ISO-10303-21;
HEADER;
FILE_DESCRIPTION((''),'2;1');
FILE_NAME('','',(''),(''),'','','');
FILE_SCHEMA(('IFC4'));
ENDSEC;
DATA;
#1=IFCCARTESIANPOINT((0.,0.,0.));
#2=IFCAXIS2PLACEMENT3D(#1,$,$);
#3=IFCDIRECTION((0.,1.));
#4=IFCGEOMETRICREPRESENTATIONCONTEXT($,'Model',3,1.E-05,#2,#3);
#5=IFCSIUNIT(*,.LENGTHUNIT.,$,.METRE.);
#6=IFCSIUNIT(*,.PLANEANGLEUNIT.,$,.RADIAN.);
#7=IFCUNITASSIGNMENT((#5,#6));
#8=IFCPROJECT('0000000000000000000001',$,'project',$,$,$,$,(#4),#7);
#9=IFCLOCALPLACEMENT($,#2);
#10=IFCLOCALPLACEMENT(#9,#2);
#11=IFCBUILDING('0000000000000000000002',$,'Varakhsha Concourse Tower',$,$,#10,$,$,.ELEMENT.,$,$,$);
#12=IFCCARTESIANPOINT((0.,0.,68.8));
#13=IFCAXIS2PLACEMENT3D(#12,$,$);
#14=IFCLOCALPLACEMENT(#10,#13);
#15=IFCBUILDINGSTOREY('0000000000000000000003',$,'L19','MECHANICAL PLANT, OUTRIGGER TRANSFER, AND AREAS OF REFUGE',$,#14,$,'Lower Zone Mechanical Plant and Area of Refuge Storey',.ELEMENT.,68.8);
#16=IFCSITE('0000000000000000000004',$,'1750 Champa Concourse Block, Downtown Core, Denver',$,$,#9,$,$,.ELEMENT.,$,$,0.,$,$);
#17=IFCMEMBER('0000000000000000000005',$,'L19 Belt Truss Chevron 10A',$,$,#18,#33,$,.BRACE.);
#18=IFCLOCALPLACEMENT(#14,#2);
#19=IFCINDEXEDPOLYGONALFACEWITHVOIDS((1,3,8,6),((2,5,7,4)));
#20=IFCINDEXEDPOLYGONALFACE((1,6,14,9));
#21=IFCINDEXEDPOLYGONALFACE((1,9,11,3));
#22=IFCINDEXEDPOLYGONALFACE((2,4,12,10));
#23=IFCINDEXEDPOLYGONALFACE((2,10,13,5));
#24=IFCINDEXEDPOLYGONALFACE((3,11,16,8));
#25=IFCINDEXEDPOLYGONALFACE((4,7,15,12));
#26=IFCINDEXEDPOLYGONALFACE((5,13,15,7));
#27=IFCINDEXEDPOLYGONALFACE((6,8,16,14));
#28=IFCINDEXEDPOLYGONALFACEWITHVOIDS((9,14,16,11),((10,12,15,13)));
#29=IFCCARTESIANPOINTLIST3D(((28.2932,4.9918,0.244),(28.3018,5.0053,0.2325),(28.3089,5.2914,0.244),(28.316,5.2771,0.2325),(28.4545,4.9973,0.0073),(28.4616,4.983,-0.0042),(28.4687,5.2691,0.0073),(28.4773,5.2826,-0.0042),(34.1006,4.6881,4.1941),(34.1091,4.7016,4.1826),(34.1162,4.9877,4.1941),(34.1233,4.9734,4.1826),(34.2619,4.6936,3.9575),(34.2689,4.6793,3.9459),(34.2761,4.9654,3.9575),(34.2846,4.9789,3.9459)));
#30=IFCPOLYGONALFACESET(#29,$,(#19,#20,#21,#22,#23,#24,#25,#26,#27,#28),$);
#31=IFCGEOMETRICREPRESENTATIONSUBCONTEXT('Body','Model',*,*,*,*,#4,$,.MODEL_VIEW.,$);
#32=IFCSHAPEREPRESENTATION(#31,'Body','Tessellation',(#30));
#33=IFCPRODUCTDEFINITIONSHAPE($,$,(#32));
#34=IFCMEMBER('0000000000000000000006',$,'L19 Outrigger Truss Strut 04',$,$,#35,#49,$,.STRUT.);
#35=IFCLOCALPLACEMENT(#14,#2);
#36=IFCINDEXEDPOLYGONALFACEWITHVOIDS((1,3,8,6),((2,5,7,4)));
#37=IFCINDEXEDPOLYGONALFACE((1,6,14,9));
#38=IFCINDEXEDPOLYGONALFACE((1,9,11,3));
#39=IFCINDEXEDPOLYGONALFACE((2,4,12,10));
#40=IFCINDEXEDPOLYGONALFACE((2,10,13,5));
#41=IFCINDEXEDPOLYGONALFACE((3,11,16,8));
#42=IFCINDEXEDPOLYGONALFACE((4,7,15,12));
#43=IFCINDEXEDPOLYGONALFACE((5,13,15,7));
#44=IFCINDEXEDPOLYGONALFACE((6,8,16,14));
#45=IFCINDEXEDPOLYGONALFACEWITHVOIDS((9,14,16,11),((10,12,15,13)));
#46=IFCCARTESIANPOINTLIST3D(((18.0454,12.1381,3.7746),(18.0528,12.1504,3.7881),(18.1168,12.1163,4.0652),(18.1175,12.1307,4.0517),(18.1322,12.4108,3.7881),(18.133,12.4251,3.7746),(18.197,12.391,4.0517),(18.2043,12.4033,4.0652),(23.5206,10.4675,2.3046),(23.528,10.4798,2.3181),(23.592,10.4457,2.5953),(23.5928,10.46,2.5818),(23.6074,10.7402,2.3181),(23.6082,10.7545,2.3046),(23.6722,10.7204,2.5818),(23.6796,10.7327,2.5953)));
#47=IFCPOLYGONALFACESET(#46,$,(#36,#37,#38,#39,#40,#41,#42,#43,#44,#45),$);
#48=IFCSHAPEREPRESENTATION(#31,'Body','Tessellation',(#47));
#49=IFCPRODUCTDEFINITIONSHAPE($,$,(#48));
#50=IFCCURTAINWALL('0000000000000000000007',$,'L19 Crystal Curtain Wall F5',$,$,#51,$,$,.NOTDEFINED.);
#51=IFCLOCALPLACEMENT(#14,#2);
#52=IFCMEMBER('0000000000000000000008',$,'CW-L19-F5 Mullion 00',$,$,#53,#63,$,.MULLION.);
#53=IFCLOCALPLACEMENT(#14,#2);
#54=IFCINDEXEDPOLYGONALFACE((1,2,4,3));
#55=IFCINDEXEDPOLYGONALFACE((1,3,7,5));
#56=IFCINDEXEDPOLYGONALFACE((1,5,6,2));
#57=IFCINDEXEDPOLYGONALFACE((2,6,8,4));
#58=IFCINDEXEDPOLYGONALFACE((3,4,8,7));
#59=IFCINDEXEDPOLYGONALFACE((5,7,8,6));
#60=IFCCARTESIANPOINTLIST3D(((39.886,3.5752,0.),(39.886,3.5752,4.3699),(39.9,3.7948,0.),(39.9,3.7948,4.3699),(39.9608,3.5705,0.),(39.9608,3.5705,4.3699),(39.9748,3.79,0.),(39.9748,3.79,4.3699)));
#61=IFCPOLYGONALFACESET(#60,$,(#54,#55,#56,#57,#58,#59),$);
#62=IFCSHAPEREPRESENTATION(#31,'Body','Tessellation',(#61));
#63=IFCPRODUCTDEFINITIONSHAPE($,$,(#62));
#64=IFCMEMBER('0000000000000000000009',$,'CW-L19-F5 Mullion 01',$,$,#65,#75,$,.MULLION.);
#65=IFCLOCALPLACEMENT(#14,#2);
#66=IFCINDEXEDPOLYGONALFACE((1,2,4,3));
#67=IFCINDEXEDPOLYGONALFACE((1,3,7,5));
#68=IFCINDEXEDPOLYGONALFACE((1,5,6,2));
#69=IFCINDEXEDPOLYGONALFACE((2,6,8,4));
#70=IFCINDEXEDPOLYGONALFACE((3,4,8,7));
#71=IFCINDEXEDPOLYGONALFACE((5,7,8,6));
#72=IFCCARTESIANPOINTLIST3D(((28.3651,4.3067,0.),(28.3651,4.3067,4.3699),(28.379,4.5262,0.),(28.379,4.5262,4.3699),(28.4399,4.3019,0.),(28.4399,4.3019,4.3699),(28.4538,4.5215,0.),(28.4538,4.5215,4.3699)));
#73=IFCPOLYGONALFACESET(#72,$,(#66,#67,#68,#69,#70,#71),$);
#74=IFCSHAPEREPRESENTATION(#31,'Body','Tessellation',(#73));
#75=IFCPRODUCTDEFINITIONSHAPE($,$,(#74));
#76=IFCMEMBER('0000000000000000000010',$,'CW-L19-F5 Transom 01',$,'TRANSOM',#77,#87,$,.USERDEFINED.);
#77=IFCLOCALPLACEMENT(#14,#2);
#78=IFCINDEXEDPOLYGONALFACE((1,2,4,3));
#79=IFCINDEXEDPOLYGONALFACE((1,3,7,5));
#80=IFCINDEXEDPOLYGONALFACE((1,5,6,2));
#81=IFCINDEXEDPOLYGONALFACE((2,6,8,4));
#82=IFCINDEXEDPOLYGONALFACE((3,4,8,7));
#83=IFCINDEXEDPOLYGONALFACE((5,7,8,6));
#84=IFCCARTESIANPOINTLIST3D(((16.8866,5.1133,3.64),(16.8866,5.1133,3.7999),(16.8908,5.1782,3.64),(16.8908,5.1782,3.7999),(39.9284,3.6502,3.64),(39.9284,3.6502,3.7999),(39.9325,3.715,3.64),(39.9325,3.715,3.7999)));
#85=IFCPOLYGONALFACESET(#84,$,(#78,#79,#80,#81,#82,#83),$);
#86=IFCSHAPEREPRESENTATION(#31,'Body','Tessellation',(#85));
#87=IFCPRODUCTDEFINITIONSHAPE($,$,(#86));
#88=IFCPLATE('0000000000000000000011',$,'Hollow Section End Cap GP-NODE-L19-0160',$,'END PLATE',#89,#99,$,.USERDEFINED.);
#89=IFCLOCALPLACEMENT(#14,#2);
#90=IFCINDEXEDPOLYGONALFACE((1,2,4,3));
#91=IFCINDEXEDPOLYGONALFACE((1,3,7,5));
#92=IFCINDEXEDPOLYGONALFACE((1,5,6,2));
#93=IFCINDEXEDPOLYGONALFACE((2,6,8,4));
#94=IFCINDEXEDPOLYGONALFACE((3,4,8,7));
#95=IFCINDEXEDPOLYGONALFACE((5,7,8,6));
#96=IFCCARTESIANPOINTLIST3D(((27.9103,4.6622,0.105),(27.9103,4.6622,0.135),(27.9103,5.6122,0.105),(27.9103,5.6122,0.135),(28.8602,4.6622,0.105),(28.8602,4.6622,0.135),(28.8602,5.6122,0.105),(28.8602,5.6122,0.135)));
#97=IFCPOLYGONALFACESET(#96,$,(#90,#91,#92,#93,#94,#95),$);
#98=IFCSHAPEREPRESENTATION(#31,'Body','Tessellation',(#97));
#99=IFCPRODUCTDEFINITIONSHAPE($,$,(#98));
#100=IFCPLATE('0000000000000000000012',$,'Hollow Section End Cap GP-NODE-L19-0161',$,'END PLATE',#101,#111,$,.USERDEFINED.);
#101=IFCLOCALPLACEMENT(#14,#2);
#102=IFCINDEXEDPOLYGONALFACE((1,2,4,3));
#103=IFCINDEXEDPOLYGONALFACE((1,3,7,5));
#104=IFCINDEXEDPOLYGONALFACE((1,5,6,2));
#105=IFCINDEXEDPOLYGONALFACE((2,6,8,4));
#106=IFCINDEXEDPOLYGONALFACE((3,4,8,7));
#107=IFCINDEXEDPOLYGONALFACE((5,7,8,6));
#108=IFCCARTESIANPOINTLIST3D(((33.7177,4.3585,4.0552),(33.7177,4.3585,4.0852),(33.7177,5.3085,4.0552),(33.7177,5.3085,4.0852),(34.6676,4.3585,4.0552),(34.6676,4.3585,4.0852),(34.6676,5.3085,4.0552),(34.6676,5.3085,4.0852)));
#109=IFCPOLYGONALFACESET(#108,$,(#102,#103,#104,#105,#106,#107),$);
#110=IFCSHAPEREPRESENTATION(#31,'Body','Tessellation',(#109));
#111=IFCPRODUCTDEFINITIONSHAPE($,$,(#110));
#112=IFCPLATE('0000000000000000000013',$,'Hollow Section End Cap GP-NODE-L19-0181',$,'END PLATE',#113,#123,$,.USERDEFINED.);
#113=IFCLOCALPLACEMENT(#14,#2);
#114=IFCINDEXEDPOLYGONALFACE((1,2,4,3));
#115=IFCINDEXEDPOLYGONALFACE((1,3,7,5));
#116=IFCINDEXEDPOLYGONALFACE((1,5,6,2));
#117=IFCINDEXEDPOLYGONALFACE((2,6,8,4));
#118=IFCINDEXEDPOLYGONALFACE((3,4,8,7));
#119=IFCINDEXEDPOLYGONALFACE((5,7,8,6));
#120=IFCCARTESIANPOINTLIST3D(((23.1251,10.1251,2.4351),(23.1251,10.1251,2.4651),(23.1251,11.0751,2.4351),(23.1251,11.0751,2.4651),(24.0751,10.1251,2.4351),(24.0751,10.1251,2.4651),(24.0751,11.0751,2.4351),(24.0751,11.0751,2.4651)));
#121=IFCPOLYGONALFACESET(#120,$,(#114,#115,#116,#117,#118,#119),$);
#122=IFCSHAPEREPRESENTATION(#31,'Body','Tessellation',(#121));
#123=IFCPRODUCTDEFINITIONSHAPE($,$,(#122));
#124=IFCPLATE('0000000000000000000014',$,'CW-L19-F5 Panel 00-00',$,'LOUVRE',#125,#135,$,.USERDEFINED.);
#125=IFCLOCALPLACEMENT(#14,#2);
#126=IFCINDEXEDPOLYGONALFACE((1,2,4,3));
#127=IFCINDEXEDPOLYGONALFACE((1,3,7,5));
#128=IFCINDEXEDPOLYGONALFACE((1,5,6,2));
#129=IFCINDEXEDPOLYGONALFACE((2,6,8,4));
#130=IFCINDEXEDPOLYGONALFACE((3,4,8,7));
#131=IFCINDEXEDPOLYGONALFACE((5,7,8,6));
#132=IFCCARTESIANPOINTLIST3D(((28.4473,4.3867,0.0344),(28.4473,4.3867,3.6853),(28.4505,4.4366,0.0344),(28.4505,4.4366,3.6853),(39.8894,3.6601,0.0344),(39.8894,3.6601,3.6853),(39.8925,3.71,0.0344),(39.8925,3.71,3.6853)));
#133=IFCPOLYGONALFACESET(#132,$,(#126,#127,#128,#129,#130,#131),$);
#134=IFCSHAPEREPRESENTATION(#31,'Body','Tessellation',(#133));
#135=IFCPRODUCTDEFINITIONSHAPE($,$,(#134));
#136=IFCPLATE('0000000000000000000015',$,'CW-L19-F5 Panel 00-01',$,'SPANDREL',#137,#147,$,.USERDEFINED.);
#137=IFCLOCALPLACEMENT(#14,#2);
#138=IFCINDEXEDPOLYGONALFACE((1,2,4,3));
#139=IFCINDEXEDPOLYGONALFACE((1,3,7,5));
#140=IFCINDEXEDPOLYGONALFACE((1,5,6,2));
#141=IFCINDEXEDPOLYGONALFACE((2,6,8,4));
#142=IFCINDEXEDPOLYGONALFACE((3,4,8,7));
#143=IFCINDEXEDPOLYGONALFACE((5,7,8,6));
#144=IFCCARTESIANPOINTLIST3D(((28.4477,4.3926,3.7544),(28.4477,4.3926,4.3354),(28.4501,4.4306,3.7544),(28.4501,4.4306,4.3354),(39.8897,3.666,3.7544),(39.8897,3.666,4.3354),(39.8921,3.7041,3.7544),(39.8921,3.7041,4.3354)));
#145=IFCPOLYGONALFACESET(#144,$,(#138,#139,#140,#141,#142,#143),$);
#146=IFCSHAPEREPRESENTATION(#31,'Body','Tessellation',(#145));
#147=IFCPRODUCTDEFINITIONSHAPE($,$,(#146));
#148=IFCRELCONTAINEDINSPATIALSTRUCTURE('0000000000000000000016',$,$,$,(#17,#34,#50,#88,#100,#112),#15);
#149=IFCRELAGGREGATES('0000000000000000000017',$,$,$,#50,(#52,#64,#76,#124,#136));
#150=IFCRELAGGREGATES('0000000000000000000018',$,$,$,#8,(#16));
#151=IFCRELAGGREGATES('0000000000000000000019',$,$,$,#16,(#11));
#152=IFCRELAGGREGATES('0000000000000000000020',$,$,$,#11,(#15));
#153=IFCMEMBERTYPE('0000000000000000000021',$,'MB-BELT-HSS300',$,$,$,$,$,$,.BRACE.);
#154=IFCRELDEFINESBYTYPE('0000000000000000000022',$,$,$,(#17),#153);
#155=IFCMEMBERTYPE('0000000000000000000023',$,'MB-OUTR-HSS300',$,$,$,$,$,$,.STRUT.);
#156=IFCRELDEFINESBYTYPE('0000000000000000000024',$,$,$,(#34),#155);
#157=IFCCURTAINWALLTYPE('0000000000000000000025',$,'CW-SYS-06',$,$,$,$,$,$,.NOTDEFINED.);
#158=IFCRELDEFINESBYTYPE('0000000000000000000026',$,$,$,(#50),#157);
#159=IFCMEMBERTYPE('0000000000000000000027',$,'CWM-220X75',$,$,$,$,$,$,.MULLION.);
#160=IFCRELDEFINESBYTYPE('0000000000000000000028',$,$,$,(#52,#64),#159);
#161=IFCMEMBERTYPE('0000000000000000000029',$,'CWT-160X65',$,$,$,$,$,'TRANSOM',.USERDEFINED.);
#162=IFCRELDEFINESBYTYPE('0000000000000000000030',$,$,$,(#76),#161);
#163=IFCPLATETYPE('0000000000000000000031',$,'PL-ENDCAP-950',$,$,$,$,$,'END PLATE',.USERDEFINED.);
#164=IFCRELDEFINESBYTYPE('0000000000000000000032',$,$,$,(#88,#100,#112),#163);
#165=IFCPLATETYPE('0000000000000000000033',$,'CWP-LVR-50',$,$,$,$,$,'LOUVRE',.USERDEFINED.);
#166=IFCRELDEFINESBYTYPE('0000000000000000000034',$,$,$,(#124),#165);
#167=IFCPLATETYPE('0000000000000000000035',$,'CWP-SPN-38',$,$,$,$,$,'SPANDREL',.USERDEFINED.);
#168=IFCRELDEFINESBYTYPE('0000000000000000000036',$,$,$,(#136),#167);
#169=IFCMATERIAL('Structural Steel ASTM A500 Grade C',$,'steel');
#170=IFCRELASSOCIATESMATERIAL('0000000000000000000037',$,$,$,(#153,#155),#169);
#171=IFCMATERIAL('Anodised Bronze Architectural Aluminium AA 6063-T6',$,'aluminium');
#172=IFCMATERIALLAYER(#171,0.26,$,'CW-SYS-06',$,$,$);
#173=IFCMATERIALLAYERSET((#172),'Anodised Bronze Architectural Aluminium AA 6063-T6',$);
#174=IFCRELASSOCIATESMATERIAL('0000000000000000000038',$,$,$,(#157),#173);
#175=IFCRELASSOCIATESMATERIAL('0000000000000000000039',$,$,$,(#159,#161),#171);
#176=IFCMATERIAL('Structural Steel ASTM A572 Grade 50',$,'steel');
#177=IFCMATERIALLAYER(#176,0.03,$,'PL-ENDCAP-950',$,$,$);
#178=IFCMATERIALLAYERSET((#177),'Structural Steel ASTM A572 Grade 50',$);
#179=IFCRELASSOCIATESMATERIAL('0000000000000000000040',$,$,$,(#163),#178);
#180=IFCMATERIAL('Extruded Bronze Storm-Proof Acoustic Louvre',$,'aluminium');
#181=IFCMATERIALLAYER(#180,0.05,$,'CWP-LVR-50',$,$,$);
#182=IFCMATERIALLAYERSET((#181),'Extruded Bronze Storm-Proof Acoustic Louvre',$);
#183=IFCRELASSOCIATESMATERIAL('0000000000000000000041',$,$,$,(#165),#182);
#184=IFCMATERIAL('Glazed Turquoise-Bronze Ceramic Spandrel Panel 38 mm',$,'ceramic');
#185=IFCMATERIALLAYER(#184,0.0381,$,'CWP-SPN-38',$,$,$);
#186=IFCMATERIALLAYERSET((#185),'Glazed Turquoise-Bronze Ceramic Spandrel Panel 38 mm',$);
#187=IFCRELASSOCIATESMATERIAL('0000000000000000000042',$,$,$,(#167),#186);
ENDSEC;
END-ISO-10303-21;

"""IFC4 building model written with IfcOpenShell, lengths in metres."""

from ifc_helpers import new_model, si_unit, direction, frame, origin, origin_2d, place, context, subcontext, project, spatial, rectangle, hollow_rectangle, extrude, source, transform, mapped, material, layer, layer_set, material_profile, profile_set, type_object, type_shapes, element, aggregate, save


model = new_model("IFC4")

# Units and contexts
model_context = context("Model", 3, precision=1e-05, world=origin(), true_north=direction((0.0, 1.0)))
body_context = subcontext(model_context, "Body", "Model", "MODEL_VIEW")
ifc_project = project(units=[si_unit("LENGTHUNIT", "METRE"), si_unit("PLANEANGLEUNIT", "RADIAN")], contexts=[model_context])

# Site, building, storey
site_placement = place(None, origin())
site = spatial("IfcSite", under=ifc_project, at=site_placement, Name="1750 Champa Concourse Block, Downtown Core, Denver", CompositionType="ELEMENT", RefElevation=0.0)
building_placement = place(site_placement, origin())
building = spatial("IfcBuilding", under=site, at=building_placement, Name="Varakhsha Concourse Tower", CompositionType="ELEMENT")
storey_placement = place(building_placement, frame((0.0, 0.0, 68.8)))
storey = spatial("IfcBuildingStorey", under=building, at=storey_placement, Name="L19", Description="MECHANICAL PLANT, OUTRIGGER TRANSFER, AND AREAS OF REFUGE", LongName="Lower Zone Mechanical Plant and Area of Refuge Storey", CompositionType="ELEMENT", Elevation=68.8)

# Shared definitions
ifc_material_1 = material(Name="Structural Steel ASTM A572 Grade 50", Category="steel")

# Members
ifc_material_2 = material(Name="Structural Steel ASTM A500 Grade C", Category="steel")
ifc_material_profile_1 = material_profile(ifc_material_2, hollow_rectangle(XDim=0.3, YDim=0.3, WallThickness=0.0139, at=origin_2d()), Name="HSS 300x300x14")
ifc_profile_set_1 = profile_set([ifc_material_profile_1], Name="Structural Steel ASTM A500 Grade C")
member_type_1 = type_object("IfcMemberType", Name="MB-BELT-HSS300", PredefinedType="BRACE", material=ifc_profile_set_1)
shared_shape_1 = source(origin(), body_context, "Body", "SweptSolid", [
    extrude(hollow_rectangle(XDim=0.3, YDim=0.3, WallThickness=0.0139, at=origin_2d()), origin(), (0.0, 0.0, 1.0), 7.03),
])
member_1_placement = place(storey_placement, frame((28.3853, 5.1372, 0.1199), z_axis=(0.826076, -0.043202, 0.5619), x_axis=(0.052226, 0.998635, 0.0)))
element("IfcMember", 1, at=member_1_placement, inside=storey, type_object=member_type_1, Name="L19 Belt Truss Chevron 10A", PredefinedType="BRACE", context=body_context, shape_type="MappedRepresentation", body=[
    mapped(shared_shape_1, transform((0.0, 0.0, 0.0), scale=1.0)),
])
ifc_material_profile_2 = material_profile(ifc_material_2, hollow_rectangle(XDim=0.3, YDim=0.3, WallThickness=0.0139, at=origin_2d()), Name="HSS 300x300x14")
ifc_profile_set_2 = profile_set([ifc_material_profile_2], Name="Structural Steel ASTM A500 Grade C")
member_type_2 = type_object("IfcMemberType", Name="MB-OUTR-HSS300", PredefinedType="STRUT", material=ifc_profile_set_2)
shared_shape_2 = source(origin(), body_context, "Body", "SweptSolid", [
    extrude(hollow_rectangle(XDim=0.3, YDim=0.3, WallThickness=0.0139, at=origin_2d()), origin(), (0.0, 0.0, 1.0), 5.9102),
])
type_shapes(member_type_2, [shared_shape_2])
member_2_placement = place(storey_placement, frame((23.6001, 10.6001, 2.45), z_axis=(-0.926412, 0.28267, 0.248715), x_axis=(-0.29184, -0.956467, 0.0)))
element("IfcMember", 2, at=member_2_placement, inside=storey, type_object=member_type_2, Name="L19 Outrigger Truss Strut 04", PredefinedType="STRUT", context=body_context, shape_type="MappedRepresentation", body=[
    mapped(shared_shape_2, transform((0.0, 0.0, 0.0), scale=1.0)),
])

# Curtain wall, members
ifc_material_3 = material(Name="Anodised Bronze Architectural Aluminium AA 6063-T6", Category="aluminium")
ifc_layer_1 = layer(ifc_material_3, 0.26, Name="CW-SYS-06")
ifc_layer_set_1 = layer_set([ifc_layer_1], Name="Anodised Bronze Architectural Aluminium AA 6063-T6")
curtain_wall_type = type_object("IfcCurtainWallType", Name="CW-SYS-06", PredefinedType="NOTDEFINED", material=ifc_layer_set_1)
curtain_wall_placement = place(storey_placement, origin())
curtain_wall = element("IfcCurtainWall", 3, at=curtain_wall_placement, inside=storey, type_object=curtain_wall_type, Name="L19 Crystal Curtain Wall F5", PredefinedType="NOTDEFINED")
ifc_material_profile_3 = material_profile(ifc_material_3, rectangle(XDim=0.075, YDim=0.22, at=origin_2d()), Name="CWM-220X75")
ifc_profile_set_3 = profile_set([ifc_material_profile_3], Name="Anodised Bronze Architectural Aluminium AA 6063-T6")
member_type_3 = type_object("IfcMemberType", Name="CWM-220X75", PredefinedType="MULLION", material=ifc_profile_set_3)
shared_shape_3 = source(origin(), body_context, "Body", "SweptSolid", [
    extrude(rectangle(XDim=0.075, YDim=0.22, at=origin_2d()), origin(), (0.0, 0.0, 1.0), 4.3699),
])
type_shapes(member_type_3, [shared_shape_3])
member_3_placement = place(storey_placement, frame((39.9304, 3.6826, 0.0), z_axis=(0.0, 0.0, 1.0), x_axis=(-0.99799, 0.063374, 0.0)))
member_3 = element("IfcMember", 4, at=member_3_placement, type_object=member_type_3, Name="CW-L19-F5 Mullion 00", PredefinedType="MULLION", context=body_context, shape_type="MappedRepresentation", body=[
    mapped(shared_shape_3, transform((0.0, 0.0, 0.0), scale=1.0)),
])
member_4_placement = place(storey_placement, frame((28.4094, 4.4141, 0.0), z_axis=(0.0, 0.0, 1.0), x_axis=(-0.99799, 0.063374, 0.0)))
member_4 = element("IfcMember", 5, at=member_4_placement, type_object=member_type_3, Name="CW-L19-F5 Mullion 01", PredefinedType="MULLION", context=body_context, shape_type="MappedRepresentation", body=[
    mapped(shared_shape_3, transform((0.0, 0.0, 0.0), scale=1.0)),
])
ifc_material_profile_4 = material_profile(ifc_material_3, rectangle(XDim=0.0649, YDim=0.1599, at=origin_2d()), Name="CWT-160X65")
ifc_profile_set_4 = profile_set([ifc_material_profile_4], Name="Anodised Bronze Architectural Aluminium AA 6063-T6")
member_type_4 = type_object("IfcMemberType", Name="CWT-160X65", ElementType="TRANSOM", PredefinedType="USERDEFINED", material=ifc_profile_set_4)
shared_shape_4 = source(origin(), body_context, "Body", "SweptSolid", [
    extrude(rectangle(XDim=0.0649, YDim=0.1599, at=origin_2d()), origin(), (0.0, 0.0, 1.0), 23.0881),
])
type_shapes(member_type_4, [shared_shape_4])
member_5_placement = place(storey_placement, frame((39.9304, 3.6826, 3.72), z_axis=(-0.99799, 0.063372, 0.0), x_axis=(-0.063372, -0.99799, 0.0)))
member_5 = element("IfcMember", 6, at=member_5_placement, type_object=member_type_4, Name="CW-L19-F5 Transom 01", ObjectType="TRANSOM", PredefinedType="USERDEFINED", context=body_context, shape_type="MappedRepresentation", body=[
    mapped(shared_shape_4, transform((0.0, 0.0, 0.0), scale=1.0)),
])

# Plates
ifc_layer_2 = layer(ifc_material_1, 0.03, Name="PL-ENDCAP-950")
ifc_layer_set_2 = layer_set([ifc_layer_2], Name="Structural Steel ASTM A572 Grade 50")
plate_type_1 = type_object("IfcPlateType", Name="PL-ENDCAP-950", ElementType="END PLATE", PredefinedType="USERDEFINED", material=ifc_layer_set_2)
shared_shape_5 = source(origin(), body_context, "Body", "SweptSolid", [
    extrude(rectangle(XDim=0.95, YDim=0.95, at=origin_2d()), origin(), (0.0, 0.0, 1.0), 0.03),
])
type_shapes(plate_type_1, [shared_shape_5])
for number, where, z_axis, x_axis, name in (
    (7, (28.3853, 5.1372, 0.105), (0.0, 0.0, 1.0), (1.0, 0.0, 0.0), "Hollow Section End Cap GP-NODE-L19-0160"),
    (8, (34.1926, 4.8335, 4.0552), (0.0, 0.0, 1.0), (1.0, 0.0, 0.0), "Hollow Section End Cap GP-NODE-L19-0161"),
    (9, (23.6001, 10.6001, 2.4351), (0.0, 0.0, 1.0), (1.0, 0.0, 0.0), "Hollow Section End Cap GP-NODE-L19-0181"),
):
    element("IfcPlate", number, at=place(storey_placement, frame(where, z_axis=z_axis, x_axis=x_axis)), inside=storey, type_object=plate_type_1, Name=name, ObjectType="END PLATE", PredefinedType="USERDEFINED", context=body_context, shape_type="MappedRepresentation", body=[
        mapped(shared_shape_5, transform((0.0, 0.0, 0.0), scale=1.0)),
    ])

# Plates
ifc_material_4 = material(Name="Extruded Bronze Storm-Proof Acoustic Louvre", Category="aluminium")
ifc_layer_3 = layer(ifc_material_4, 0.05, Name="CWP-LVR-50")
ifc_layer_set_3 = layer_set([ifc_layer_3], Name="Extruded Bronze Storm-Proof Acoustic Louvre")
plate_type_2 = type_object("IfcPlateType", Name="CWP-LVR-50", ElementType="LOUVRE", PredefinedType="USERDEFINED", material=ifc_layer_set_3)
shared_shape_6 = source(origin(), body_context, "Body", "SweptSolid", [
    extrude(rectangle(XDim=11.4651, YDim=0.05, at=origin_2d()), origin(), (0.0, 0.0, 1.0), 3.6509),
])
type_shapes(plate_type_2, [shared_shape_6])
plate_1_placement = place(storey_placement, frame((34.1699, 4.0483, 0.0344), z_axis=(0.0, 0.0, 1.0), x_axis=(-0.99799, 0.063374, 0.0)))
plate_1 = element("IfcPlate", 10, at=plate_1_placement, type_object=plate_type_2, Name="CW-L19-F5 Panel 00-00", ObjectType="LOUVRE", PredefinedType="USERDEFINED", context=body_context, shape_type="MappedRepresentation", body=[
    mapped(shared_shape_6, transform((0.0, 0.0, 0.0), scale=1.0)),
])
ifc_material_5 = material(Name="Glazed Turquoise-Bronze Ceramic Spandrel Panel 38 mm", Category="ceramic")
ifc_layer_4 = layer(ifc_material_5, 0.0381, Name="CWP-SPN-38")
ifc_layer_set_4 = layer_set([ifc_layer_4], Name="Glazed Turquoise-Bronze Ceramic Spandrel Panel 38 mm")
plate_type_3 = type_object("IfcPlateType", Name="CWP-SPN-38", ElementType="SPANDREL", PredefinedType="USERDEFINED", material=ifc_layer_set_4)
shared_shape_7 = source(origin(), body_context, "Body", "SweptSolid", [
    extrude(rectangle(XDim=11.4651, YDim=0.0381, at=origin_2d()), origin(), (0.0, 0.0, 1.0), 0.5811),
])
type_shapes(plate_type_3, [shared_shape_7])
plate_2_placement = place(storey_placement, frame((34.1699, 4.0483, 3.7544), z_axis=(0.0, 0.0, 1.0), x_axis=(-0.99799, 0.063374, 0.0)))
plate_2 = element("IfcPlate", 11, at=plate_2_placement, type_object=plate_type_3, Name="CW-L19-F5 Panel 00-01", ObjectType="SPANDREL", PredefinedType="USERDEFINED", context=body_context, shape_type="MappedRepresentation", body=[
    mapped(shared_shape_7, transform((0.0, 0.0, 0.0), scale=1.0)),
])
aggregate(curtain_wall, [member_3, member_4, member_5, plate_1, plate_2])

save(model, "model.ifc")
